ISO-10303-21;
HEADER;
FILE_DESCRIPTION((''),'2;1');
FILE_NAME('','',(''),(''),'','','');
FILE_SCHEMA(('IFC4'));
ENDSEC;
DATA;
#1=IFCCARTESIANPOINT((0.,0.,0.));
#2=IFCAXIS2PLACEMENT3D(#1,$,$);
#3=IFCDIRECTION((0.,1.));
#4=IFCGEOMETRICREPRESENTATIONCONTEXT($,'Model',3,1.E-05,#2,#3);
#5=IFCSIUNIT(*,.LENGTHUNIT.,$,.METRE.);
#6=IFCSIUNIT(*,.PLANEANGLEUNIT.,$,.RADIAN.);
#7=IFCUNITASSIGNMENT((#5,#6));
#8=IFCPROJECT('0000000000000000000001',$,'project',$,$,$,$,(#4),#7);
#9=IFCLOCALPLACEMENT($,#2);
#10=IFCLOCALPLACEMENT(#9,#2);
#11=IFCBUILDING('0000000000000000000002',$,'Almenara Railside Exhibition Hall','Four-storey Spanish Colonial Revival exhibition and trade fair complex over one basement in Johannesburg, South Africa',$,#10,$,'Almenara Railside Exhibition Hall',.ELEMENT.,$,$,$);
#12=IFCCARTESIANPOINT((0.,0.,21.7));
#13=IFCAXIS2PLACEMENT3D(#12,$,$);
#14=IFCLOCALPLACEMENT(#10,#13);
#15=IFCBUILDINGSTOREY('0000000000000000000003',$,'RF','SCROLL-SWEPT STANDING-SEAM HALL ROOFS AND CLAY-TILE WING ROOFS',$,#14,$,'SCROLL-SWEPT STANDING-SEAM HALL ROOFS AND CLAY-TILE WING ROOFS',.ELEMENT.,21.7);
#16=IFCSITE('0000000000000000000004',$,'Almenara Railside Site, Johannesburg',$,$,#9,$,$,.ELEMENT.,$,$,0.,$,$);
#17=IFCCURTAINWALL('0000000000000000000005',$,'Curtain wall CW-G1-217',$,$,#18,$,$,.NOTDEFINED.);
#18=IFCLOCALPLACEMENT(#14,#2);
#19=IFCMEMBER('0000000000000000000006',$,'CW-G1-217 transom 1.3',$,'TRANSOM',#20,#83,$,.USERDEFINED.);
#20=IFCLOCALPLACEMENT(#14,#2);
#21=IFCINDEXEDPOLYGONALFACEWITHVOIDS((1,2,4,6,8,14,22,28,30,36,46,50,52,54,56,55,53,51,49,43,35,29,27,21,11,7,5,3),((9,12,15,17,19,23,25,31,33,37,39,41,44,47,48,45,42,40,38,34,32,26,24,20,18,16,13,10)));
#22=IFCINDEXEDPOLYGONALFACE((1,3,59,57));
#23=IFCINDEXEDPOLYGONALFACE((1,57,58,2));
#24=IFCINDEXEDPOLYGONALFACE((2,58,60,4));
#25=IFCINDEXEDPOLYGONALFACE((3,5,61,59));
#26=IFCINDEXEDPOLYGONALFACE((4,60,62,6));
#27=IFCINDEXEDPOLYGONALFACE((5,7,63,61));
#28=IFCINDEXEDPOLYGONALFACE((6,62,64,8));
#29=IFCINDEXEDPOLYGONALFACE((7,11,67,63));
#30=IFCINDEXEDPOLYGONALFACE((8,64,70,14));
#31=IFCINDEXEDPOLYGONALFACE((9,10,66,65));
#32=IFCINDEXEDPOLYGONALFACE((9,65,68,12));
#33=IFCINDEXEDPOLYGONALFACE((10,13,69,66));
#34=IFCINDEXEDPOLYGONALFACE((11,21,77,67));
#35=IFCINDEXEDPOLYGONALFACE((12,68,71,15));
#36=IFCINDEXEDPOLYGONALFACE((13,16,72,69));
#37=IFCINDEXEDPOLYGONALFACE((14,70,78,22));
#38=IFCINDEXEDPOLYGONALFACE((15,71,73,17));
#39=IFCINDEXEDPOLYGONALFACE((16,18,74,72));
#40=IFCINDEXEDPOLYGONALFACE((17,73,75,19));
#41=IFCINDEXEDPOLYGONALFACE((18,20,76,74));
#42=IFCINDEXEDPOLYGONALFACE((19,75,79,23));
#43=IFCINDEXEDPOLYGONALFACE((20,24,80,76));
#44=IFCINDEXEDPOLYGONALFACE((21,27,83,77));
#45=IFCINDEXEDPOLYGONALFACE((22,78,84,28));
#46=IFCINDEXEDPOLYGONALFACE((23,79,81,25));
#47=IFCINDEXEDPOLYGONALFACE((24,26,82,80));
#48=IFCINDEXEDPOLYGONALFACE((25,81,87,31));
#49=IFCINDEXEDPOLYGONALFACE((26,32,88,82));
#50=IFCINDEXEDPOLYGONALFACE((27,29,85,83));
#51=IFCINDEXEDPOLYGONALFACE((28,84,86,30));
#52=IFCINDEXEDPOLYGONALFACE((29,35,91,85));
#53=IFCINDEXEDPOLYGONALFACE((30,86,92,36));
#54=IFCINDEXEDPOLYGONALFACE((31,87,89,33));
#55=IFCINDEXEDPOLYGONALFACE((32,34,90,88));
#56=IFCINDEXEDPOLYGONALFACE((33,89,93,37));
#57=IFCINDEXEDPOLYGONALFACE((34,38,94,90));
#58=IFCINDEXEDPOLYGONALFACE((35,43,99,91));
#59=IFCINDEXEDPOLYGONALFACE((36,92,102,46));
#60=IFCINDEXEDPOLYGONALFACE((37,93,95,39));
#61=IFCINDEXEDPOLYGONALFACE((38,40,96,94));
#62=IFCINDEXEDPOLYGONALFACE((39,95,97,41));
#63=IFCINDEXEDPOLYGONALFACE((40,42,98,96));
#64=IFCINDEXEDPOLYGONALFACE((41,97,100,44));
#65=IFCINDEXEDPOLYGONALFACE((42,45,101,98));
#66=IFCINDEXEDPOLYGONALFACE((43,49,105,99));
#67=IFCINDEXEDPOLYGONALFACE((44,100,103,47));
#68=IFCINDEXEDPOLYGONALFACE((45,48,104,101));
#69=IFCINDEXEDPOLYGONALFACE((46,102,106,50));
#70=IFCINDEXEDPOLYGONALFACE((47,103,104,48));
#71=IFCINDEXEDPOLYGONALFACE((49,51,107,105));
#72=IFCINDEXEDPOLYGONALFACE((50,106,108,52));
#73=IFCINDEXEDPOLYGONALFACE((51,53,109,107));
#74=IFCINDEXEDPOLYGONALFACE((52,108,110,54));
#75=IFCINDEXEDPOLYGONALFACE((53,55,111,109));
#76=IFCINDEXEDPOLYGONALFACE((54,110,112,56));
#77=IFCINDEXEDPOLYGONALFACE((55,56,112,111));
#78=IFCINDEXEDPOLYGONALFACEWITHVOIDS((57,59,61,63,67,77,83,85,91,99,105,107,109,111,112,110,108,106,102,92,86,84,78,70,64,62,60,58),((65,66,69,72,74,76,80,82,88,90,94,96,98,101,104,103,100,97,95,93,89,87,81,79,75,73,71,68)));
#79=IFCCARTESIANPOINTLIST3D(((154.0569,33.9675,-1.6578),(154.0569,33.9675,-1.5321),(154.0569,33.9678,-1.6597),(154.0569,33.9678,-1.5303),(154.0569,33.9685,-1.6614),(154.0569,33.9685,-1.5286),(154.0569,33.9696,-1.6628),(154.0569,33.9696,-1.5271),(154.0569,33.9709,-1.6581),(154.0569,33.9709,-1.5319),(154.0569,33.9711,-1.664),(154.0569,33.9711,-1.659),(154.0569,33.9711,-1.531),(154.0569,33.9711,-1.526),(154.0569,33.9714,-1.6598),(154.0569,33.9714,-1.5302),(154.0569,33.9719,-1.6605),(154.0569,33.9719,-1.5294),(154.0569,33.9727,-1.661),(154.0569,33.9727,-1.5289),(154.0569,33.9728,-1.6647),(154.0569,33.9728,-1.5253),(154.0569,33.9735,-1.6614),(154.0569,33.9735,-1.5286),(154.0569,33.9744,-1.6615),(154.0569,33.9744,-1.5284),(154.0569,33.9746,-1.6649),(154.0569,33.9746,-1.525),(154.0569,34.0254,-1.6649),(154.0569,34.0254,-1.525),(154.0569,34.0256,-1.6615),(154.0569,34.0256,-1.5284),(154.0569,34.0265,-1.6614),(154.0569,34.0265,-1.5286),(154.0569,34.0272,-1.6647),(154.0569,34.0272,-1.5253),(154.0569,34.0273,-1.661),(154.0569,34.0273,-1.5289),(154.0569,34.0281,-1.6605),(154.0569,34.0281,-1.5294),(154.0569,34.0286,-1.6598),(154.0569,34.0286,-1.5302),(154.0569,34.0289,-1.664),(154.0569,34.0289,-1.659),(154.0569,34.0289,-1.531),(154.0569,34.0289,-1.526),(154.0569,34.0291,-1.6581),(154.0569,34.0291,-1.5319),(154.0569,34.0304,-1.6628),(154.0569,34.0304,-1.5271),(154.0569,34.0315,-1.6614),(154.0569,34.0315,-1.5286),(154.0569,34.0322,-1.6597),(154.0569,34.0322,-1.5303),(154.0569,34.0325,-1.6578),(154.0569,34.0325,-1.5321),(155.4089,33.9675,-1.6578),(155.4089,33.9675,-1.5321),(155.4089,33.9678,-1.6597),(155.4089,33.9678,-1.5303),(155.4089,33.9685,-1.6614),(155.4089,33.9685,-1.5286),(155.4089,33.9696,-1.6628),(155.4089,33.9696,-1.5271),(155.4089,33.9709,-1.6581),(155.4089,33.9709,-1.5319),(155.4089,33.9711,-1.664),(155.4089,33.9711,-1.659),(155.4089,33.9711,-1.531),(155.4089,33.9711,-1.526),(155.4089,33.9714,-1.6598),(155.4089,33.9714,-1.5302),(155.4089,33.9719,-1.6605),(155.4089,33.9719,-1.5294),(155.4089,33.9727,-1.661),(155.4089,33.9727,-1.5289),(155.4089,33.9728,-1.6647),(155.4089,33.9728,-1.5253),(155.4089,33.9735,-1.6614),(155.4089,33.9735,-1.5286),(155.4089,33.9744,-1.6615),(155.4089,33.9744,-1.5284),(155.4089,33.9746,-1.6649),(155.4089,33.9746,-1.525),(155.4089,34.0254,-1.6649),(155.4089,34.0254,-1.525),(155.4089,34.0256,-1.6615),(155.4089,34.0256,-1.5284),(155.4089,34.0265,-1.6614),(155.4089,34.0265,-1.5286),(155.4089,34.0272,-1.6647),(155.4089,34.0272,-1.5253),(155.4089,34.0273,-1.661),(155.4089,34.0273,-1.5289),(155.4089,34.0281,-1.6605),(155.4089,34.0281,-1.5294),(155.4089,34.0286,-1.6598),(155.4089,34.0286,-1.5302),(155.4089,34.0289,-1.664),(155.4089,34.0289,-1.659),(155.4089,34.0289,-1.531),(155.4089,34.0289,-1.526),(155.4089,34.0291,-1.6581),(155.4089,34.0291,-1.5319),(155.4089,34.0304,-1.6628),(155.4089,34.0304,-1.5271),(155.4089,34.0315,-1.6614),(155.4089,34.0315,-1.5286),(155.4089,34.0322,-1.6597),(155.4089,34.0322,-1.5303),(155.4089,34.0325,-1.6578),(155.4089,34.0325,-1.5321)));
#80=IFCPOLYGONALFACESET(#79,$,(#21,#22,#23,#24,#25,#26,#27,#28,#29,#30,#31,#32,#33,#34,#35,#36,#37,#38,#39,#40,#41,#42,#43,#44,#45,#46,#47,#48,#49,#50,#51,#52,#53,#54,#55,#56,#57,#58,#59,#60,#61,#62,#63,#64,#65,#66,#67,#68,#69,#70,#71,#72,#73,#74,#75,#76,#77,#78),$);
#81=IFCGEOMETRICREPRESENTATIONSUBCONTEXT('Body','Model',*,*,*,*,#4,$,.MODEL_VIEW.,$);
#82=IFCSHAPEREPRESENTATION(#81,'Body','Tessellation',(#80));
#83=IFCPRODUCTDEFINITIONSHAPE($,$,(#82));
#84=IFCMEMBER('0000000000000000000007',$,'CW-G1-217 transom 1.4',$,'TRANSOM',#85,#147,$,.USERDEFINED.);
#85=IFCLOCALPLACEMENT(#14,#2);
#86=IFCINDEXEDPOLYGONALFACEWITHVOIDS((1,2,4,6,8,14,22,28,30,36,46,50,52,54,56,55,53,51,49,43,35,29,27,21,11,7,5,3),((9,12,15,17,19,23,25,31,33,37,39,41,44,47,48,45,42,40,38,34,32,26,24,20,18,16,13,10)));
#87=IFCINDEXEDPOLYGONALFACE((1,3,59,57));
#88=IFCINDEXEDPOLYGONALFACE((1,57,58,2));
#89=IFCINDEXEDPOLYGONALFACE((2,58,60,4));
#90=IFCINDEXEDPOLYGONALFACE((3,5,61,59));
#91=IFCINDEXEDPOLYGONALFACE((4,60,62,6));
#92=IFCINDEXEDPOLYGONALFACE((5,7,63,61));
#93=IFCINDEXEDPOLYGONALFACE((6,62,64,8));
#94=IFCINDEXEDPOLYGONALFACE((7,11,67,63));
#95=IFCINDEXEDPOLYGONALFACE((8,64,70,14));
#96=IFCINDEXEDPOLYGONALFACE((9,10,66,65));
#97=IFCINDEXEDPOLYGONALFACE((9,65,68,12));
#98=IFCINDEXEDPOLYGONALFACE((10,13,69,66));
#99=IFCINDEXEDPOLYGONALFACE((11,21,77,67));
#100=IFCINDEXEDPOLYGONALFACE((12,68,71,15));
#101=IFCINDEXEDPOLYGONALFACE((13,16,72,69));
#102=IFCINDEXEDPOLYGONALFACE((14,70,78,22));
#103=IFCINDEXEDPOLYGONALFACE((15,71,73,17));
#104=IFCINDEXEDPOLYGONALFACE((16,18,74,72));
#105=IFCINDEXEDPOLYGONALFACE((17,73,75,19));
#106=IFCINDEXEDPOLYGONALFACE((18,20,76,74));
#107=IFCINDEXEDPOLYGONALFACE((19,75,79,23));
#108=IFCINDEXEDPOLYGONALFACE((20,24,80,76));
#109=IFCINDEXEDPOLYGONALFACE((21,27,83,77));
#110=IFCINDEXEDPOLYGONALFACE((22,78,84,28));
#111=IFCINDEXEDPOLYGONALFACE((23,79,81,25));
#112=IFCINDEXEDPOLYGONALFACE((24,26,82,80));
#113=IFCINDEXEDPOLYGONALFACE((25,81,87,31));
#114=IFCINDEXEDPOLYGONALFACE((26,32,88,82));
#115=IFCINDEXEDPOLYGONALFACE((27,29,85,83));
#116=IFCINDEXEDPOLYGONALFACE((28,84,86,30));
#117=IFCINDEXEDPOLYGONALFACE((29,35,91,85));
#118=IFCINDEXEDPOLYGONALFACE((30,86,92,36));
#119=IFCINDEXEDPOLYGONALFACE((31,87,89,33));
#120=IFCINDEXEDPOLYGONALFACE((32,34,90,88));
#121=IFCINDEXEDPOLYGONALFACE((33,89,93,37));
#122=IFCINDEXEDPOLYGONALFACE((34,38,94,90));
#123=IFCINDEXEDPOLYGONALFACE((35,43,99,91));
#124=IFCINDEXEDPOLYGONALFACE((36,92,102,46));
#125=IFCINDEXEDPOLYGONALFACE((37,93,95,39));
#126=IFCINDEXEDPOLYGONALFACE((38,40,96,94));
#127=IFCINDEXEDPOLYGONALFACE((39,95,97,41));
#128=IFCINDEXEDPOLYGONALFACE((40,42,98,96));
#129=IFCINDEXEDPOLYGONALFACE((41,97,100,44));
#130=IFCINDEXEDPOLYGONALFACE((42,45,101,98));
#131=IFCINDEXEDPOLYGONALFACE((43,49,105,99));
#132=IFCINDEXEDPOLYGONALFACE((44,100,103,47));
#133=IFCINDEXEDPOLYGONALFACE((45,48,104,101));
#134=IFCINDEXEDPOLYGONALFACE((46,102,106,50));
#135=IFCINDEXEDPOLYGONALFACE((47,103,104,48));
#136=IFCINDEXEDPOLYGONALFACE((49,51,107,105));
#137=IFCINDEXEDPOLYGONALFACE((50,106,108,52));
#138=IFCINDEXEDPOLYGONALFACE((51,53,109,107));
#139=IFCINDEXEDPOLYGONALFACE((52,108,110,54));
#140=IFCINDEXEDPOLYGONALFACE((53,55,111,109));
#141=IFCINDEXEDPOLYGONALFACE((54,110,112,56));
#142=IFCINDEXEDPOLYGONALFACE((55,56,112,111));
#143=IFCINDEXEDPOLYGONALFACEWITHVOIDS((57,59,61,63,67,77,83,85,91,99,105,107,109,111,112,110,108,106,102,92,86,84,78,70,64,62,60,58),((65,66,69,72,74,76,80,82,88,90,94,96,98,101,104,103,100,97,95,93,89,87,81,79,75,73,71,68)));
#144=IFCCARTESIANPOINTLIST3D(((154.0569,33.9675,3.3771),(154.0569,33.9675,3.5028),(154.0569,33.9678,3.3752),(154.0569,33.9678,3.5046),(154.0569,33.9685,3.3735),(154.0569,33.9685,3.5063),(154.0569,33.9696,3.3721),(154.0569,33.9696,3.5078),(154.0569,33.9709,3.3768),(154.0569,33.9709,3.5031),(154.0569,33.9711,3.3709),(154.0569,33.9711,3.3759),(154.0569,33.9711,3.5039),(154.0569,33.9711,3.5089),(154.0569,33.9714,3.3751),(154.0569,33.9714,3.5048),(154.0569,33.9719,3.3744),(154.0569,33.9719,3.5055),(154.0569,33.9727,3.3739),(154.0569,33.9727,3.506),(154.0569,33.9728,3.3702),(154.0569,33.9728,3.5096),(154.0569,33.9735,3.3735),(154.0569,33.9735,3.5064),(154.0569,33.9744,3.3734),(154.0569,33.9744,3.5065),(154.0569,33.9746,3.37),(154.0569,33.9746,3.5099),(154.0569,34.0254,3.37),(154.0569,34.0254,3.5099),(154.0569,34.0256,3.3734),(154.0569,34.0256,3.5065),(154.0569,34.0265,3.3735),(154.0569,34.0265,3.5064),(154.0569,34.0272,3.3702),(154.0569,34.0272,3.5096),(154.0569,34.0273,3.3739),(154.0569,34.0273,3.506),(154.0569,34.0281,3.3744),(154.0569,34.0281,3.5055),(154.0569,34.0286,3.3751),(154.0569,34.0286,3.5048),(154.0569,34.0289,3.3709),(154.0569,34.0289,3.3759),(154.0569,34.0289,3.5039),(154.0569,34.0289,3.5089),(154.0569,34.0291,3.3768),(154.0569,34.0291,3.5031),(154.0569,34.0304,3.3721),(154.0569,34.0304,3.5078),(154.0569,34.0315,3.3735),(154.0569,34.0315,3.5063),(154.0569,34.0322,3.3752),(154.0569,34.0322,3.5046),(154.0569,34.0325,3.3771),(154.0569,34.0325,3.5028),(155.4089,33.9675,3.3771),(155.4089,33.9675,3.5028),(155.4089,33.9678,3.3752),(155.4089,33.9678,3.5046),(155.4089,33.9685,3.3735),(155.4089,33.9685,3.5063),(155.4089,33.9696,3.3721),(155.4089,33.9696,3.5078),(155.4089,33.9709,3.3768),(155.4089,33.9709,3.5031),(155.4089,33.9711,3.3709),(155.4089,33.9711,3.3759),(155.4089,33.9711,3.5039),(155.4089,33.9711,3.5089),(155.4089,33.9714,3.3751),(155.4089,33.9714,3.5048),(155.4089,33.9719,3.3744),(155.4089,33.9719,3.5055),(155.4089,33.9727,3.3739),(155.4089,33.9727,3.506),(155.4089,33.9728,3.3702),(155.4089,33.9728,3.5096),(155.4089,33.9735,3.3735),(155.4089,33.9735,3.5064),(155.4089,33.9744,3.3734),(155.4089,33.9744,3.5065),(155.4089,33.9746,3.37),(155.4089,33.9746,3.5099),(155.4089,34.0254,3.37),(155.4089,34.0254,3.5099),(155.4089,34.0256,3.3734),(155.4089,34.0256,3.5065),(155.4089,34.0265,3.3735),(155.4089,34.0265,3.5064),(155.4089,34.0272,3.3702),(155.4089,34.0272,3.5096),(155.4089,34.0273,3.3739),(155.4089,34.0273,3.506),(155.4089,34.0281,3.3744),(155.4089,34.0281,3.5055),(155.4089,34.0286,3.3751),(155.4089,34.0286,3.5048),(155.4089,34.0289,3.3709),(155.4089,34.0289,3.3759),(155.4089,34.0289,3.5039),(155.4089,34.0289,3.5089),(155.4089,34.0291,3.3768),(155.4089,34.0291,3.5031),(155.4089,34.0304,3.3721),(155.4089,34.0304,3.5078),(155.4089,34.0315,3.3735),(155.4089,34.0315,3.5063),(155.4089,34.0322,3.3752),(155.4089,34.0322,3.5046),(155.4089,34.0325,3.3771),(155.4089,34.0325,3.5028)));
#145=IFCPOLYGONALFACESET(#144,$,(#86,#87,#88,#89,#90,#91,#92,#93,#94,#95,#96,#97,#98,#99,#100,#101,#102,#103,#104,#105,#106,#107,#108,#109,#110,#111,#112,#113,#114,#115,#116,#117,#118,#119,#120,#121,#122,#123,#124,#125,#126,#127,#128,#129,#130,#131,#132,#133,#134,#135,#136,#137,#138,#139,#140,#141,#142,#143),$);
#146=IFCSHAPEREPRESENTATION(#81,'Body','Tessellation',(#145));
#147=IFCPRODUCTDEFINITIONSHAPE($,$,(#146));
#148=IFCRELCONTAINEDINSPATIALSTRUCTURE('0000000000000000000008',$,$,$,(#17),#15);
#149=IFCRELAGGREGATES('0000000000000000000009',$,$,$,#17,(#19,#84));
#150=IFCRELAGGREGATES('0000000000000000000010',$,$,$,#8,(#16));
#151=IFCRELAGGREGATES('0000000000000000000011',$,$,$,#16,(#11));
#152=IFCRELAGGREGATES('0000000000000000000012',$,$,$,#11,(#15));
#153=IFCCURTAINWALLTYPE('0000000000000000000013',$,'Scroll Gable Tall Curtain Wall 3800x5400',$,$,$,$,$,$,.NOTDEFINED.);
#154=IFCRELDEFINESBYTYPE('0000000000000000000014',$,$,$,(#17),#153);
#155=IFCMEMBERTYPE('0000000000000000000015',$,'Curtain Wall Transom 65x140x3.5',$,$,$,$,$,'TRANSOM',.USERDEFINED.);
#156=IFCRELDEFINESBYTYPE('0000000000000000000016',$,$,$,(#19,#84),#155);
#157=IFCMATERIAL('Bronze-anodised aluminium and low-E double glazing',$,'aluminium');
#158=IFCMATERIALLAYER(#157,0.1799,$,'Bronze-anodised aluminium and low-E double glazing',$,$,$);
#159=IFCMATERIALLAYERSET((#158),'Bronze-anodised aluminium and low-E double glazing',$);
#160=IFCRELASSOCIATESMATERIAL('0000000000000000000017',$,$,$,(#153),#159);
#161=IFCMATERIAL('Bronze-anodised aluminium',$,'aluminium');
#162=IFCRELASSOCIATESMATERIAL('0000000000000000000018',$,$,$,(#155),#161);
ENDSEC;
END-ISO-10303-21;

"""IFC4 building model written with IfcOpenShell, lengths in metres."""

from ifc_helpers import new_model, si_unit, direction, frame, origin, origin_2d, place, context, subcontext, project, spatial, hollow_rectangle, extrude, material, layer, layer_set, material_profile, profile_set, type_object, element, aggregate, save


model = new_model("IFC4")

# Units and contexts
model_context = context("Model", 3, precision=1e-05, world=origin(), true_north=direction((0.0, 1.0)))
body_context = subcontext(model_context, "Body", "Model", "MODEL_VIEW")
ifc_project = project(units=[si_unit("LENGTHUNIT", "METRE"), si_unit("PLANEANGLEUNIT", "RADIAN")], contexts=[model_context])

# Site, building, storey
site_placement = place(None, origin())
site = spatial("IfcSite", under=ifc_project, at=site_placement, Name="Almenara Railside Site, Johannesburg", CompositionType="ELEMENT", RefElevation=0.0)
building_placement = place(site_placement, origin())
building = spatial("IfcBuilding", under=site, at=building_placement, Name="Almenara Railside Exhibition Hall", Description="Four-storey Spanish Colonial Revival exhibition and trade fair complex over one basement in Johannesburg, South Africa", LongName="Almenara Railside Exhibition Hall", CompositionType="ELEMENT")
storey_placement = place(building_placement, frame((0.0, 0.0, 21.7)))
storey = spatial("IfcBuildingStorey", under=building, at=storey_placement, Name="RF", Description="SCROLL-SWEPT STANDING-SEAM HALL ROOFS AND CLAY-TILE WING ROOFS", LongName="SCROLL-SWEPT STANDING-SEAM HALL ROOFS AND CLAY-TILE WING ROOFS", CompositionType="ELEMENT", Elevation=21.7)

# Curtain wall
ifc_material_1 = material(Name="Bronze-anodised aluminium and low-E double glazing", Category="aluminium")
ifc_layer_1 = layer(ifc_material_1, 0.1799, Name="Bronze-anodised aluminium and low-E double glazing")
ifc_layer_set_1 = layer_set([ifc_layer_1], Name="Bronze-anodised aluminium and low-E double glazing")
curtain_wall_type = type_object("IfcCurtainWallType", Name="Scroll Gable Tall Curtain Wall 3800x5400", PredefinedType="NOTDEFINED", material=ifc_layer_set_1)
curtain_wall_1_placement = place(storey_placement, origin())
curtain_wall_1 = element("IfcCurtainWall", 1, at=curtain_wall_1_placement, inside=storey, type_object=curtain_wall_type, Name="Curtain wall CW-G1-217", PredefinedType="NOTDEFINED")
ifc_material_2 = material(Name="Bronze-anodised aluminium", Category="aluminium")

# Members
ifc_material_profile_1 = material_profile(ifc_material_2, hollow_rectangle(XDim=0.0649, YDim=0.1399, WallThickness=0.0034, InnerFilletRadius=0.0034, OuterFilletRadius=0.0071, at=origin_2d()), Name="ALU-TRN 65x140x3.5")
ifc_profile_set_1 = profile_set([ifc_material_profile_1], Name="Bronze-anodised aluminium")
member_type_1 = type_object("IfcMemberType", Name="Curtain Wall Transom 65x140x3.5", ElementType="TRANSOM", PredefinedType="USERDEFINED", material=ifc_profile_set_1)
member_1_placement = place(storey_placement, frame((154.0569, 34.0, -1.595), z_axis=(1.0, 0.0, 0.0), x_axis=(0.0, 1.0, 0.0)))
member_1 = element("IfcMember", 2, at=member_1_placement, type_object=member_type_1, Name="CW-G1-217 transom 1.3", ObjectType="TRANSOM", PredefinedType="USERDEFINED", context=body_context, shape_type="SweptSolid", body=[
    extrude(hollow_rectangle(XDim=0.0649, YDim=0.1399, WallThickness=0.0034, InnerFilletRadius=0.0034, OuterFilletRadius=0.0071, at=origin_2d()), origin(), (0.0, 0.0, 1.0), 1.3521),
])
member_2_placement = place(storey_placement, frame((154.0569, 34.0, 3.4399), z_axis=(1.0, 0.0, 0.0), x_axis=(0.0, 1.0, 0.0)))
member_2 = element("IfcMember", 3, at=member_2_placement, type_object=member_type_1, Name="CW-G1-217 transom 1.4", ObjectType="TRANSOM", PredefinedType="USERDEFINED", context=body_context, shape_type="SweptSolid", body=[
    extrude(hollow_rectangle(XDim=0.0649, YDim=0.1399, WallThickness=0.0034, InnerFilletRadius=0.0034, OuterFilletRadius=0.0071, at=origin_2d()), origin(), (0.0, 0.0, 1.0), 1.3521),
])

aggregate(curtain_wall_1, [member_1, member_2])

save(model, "model.ifc")
